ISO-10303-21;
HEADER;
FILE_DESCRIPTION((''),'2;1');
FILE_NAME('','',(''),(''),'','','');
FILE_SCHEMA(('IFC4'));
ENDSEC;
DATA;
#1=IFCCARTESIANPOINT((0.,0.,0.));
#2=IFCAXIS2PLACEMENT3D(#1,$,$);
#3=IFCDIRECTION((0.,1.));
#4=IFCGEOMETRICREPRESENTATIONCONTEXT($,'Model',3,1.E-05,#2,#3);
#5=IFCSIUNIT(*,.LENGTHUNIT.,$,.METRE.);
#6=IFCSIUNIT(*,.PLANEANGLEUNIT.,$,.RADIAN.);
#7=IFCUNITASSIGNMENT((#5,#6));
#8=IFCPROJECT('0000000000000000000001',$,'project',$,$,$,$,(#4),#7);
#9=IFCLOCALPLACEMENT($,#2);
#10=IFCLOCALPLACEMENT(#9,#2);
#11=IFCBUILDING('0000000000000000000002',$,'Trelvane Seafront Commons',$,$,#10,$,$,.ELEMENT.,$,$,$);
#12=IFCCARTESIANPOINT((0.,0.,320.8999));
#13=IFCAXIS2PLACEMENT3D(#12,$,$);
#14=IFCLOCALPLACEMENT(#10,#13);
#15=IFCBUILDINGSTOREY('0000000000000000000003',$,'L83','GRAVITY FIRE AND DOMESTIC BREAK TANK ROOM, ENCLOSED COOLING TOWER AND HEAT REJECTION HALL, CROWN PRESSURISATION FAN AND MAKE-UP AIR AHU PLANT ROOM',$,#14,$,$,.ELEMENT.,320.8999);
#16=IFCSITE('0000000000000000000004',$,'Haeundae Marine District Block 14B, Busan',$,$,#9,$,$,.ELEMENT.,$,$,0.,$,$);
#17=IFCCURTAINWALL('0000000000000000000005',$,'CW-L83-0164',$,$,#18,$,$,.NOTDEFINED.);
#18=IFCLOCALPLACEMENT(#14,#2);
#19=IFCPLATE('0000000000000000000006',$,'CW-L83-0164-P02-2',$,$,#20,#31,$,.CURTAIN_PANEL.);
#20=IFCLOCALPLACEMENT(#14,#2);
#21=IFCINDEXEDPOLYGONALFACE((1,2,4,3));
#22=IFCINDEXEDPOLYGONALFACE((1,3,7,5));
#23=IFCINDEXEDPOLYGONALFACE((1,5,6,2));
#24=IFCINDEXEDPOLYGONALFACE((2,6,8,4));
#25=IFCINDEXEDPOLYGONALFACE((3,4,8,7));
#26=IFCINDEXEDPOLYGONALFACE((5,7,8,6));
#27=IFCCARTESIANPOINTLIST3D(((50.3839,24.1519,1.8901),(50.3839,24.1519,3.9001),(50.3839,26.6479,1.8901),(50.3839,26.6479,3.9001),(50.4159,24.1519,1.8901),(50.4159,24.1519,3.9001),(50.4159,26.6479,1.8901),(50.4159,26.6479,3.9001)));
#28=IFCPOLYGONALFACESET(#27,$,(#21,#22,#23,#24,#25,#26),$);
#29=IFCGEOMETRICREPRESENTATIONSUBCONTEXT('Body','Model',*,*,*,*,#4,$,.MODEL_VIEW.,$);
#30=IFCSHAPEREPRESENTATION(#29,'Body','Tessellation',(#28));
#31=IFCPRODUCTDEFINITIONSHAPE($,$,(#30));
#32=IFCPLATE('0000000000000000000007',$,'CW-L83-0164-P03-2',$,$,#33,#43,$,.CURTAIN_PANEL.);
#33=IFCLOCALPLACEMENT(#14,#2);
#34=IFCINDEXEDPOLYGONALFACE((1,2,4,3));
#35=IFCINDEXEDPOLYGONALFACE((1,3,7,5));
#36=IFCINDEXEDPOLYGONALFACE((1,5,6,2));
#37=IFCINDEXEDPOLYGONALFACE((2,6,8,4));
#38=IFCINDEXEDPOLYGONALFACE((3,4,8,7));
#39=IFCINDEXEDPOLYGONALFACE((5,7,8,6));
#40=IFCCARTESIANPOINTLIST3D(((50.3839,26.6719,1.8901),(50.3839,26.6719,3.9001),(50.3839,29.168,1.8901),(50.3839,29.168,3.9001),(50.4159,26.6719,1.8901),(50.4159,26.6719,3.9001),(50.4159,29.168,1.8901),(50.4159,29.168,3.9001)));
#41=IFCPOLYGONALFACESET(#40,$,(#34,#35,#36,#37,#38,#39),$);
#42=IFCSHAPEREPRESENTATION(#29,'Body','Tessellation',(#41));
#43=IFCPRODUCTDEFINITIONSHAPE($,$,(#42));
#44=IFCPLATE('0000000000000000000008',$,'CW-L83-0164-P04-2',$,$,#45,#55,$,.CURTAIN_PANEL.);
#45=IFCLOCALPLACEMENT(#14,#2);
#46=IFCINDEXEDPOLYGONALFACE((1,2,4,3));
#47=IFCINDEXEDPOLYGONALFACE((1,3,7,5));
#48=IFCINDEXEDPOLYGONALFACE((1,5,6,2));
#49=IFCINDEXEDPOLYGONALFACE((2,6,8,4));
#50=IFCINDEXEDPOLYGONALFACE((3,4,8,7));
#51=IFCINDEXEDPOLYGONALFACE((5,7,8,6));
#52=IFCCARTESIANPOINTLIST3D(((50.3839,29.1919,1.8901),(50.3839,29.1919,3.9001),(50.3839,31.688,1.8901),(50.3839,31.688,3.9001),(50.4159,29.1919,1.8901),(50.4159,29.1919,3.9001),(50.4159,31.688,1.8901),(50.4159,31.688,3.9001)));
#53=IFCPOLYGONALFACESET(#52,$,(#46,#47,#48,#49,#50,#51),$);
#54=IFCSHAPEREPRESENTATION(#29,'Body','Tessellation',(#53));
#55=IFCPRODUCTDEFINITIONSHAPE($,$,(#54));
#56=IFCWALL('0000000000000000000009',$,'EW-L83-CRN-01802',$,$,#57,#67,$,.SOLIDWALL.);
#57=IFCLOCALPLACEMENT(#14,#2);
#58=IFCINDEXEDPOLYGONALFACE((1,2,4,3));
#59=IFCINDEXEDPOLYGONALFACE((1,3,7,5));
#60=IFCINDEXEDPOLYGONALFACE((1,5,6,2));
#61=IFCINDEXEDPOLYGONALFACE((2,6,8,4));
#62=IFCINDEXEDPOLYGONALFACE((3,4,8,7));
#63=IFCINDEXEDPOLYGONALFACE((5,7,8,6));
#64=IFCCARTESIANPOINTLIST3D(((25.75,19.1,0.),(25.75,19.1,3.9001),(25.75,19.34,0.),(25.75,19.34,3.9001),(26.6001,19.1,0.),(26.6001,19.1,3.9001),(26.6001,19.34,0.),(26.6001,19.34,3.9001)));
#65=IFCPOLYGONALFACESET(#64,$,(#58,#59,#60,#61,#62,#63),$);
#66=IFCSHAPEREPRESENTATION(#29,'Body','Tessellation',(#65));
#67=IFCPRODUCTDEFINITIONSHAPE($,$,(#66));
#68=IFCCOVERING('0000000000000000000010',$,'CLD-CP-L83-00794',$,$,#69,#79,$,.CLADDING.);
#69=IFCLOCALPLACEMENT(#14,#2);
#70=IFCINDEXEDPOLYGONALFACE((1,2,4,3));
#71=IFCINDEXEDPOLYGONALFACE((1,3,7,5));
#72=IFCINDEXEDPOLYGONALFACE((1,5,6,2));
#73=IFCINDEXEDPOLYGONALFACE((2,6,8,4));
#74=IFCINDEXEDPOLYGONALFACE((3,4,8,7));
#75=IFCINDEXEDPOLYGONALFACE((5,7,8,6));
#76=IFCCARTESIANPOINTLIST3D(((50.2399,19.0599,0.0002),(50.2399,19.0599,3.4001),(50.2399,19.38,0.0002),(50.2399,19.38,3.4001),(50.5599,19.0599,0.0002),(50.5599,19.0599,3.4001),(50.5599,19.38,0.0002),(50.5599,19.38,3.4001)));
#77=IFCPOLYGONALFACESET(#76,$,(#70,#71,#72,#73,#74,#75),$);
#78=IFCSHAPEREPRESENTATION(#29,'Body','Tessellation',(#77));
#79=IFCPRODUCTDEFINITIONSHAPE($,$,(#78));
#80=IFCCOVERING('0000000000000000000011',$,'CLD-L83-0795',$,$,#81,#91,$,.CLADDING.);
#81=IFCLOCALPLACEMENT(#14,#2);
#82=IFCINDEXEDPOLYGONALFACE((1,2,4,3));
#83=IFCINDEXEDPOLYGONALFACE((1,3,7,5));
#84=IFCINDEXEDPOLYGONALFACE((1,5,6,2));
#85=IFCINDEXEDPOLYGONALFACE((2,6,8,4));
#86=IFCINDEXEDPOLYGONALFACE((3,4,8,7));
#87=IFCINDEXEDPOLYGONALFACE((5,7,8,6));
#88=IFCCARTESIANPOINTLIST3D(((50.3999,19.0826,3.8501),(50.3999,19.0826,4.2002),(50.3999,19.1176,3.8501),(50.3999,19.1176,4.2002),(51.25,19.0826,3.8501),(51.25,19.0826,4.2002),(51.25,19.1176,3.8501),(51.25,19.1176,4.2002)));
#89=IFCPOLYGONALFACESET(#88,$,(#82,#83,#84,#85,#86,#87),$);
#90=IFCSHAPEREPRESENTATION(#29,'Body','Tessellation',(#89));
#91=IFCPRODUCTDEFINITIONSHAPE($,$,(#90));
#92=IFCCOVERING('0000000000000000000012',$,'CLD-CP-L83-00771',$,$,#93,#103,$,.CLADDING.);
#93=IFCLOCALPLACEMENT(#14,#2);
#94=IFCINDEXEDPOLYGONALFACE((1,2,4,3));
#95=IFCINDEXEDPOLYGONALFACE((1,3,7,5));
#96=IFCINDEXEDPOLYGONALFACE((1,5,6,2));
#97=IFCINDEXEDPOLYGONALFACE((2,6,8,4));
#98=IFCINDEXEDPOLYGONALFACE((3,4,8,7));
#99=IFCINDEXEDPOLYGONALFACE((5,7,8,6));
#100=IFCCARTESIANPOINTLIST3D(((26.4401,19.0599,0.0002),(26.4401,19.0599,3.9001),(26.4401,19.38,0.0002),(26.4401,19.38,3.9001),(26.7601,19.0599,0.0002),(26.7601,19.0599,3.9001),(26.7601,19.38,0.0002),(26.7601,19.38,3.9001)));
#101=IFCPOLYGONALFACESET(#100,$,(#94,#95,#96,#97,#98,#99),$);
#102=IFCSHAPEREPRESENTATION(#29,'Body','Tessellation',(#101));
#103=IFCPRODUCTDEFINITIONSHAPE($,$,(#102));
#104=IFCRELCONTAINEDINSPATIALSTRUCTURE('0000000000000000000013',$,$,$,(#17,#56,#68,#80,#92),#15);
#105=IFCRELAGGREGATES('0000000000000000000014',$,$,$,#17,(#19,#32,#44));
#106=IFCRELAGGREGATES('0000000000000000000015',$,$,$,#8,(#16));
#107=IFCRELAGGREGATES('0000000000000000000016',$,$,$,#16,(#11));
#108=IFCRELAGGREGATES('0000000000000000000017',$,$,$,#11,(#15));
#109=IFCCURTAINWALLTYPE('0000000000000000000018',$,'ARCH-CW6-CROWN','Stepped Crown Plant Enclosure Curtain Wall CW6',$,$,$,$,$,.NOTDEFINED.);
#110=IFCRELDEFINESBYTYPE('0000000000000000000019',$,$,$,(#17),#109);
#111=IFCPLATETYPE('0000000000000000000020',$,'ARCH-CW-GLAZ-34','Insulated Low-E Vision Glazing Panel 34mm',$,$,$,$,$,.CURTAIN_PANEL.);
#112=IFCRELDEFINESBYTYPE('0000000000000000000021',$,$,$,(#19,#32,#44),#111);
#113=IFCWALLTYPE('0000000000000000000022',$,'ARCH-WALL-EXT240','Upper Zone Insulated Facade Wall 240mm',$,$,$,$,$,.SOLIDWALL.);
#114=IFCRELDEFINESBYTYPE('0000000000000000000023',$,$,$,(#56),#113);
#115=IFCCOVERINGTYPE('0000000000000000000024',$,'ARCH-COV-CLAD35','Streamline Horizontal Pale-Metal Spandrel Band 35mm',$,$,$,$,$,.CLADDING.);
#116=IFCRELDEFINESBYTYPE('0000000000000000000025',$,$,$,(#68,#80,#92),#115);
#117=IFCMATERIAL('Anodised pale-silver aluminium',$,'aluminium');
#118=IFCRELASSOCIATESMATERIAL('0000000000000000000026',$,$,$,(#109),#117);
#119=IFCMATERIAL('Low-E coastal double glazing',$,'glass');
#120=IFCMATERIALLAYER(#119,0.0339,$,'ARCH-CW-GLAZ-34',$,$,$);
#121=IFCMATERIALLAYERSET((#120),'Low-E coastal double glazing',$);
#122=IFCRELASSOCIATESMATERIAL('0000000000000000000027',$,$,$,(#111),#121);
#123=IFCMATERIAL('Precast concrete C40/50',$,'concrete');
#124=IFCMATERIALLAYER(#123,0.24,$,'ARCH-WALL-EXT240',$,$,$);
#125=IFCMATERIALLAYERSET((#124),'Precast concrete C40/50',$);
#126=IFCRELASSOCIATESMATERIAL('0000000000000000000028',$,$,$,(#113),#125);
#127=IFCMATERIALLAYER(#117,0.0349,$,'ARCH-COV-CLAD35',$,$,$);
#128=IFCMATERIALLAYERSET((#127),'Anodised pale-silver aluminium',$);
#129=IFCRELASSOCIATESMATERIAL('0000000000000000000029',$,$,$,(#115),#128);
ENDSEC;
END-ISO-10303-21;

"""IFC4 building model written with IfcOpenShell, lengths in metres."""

from ifc_helpers import new_model, si_unit, direction, frame, frame_2d, origin, origin_2d, place, context, subcontext, project, spatial, rectangle, extrude, source, transform, mapped, material, layer, layer_set, type_object, element, aggregate, save


model = new_model("IFC4")

# Units and contexts
model_context = context("Model", 3, precision=1e-05, world=origin(), true_north=direction((0.0, 1.0)))
body_context = subcontext(model_context, "Body", "Model", "MODEL_VIEW")
ifc_project = project(units=[si_unit("LENGTHUNIT", "METRE"), si_unit("PLANEANGLEUNIT", "RADIAN")], contexts=[model_context])

# Site, building, storey
site_placement = place(None, origin())
site = spatial("IfcSite", under=ifc_project, at=site_placement, Name="Haeundae Marine District Block 14B, Busan", CompositionType="ELEMENT", RefElevation=0.0)
building_placement = place(site_placement, origin())
building = spatial("IfcBuilding", under=site, at=building_placement, Name="Trelvane Seafront Commons", CompositionType="ELEMENT")
storey_placement = place(building_placement, frame((0.0, 0.0, 320.8999)))
storey = spatial("IfcBuildingStorey", under=building, at=storey_placement, Name="L83", Description="GRAVITY FIRE AND DOMESTIC BREAK TANK ROOM, ENCLOSED COOLING TOWER AND HEAT REJECTION HALL, CROWN PRESSURISATION FAN AND MAKE-UP AIR AHU PLANT ROOM", CompositionType="ELEMENT", Elevation=320.8999)

# Curtain wall
ifc_material_1 = material(Name="Anodised pale-silver aluminium", Category="aluminium")
curtain_wall_type = type_object("IfcCurtainWallType", Name="ARCH-CW6-CROWN", Description="Stepped Crown Plant Enclosure Curtain Wall CW6", PredefinedType="NOTDEFINED", material=ifc_material_1)
curtain_wall_1_placement = place(storey_placement, origin())
curtain_wall_1 = element("IfcCurtainWall", 1, at=curtain_wall_1_placement, inside=storey, type_object=curtain_wall_type, Name="CW-L83-0164", PredefinedType="NOTDEFINED")

# Plates
ifc_material_2 = material(Name="Low-E coastal double glazing", Category="glass")
ifc_layer_1 = layer(ifc_material_2, 0.0339, Name="ARCH-CW-GLAZ-34")
ifc_layer_set_1 = layer_set([ifc_layer_1], Name="Low-E coastal double glazing")
plate_type = type_object("IfcPlateType", Name="ARCH-CW-GLAZ-34", Description="Insulated Low-E Vision Glazing Panel 34mm", PredefinedType="CURTAIN_PANEL", material=ifc_layer_set_1)
shared_shape_1 = source(origin(), body_context, "Body", "SweptSolid", [
    extrude(rectangle(XDim=2.4961, YDim=0.032, at=origin_2d()), origin(), (0.0, 0.0, 1.0), 2.01),
])
plate_1_placement = place(storey_placement, frame((50.3999, 25.3999, 1.8901), z_axis=(0.0, 0.0, 1.0), x_axis=(0.0, 1.0, 0.0)))
plate_1 = element("IfcPlate", 2, at=plate_1_placement, type_object=plate_type, Name="CW-L83-0164-P02-2", PredefinedType="CURTAIN_PANEL", context=body_context, shape_type="MappedRepresentation", body=[
    mapped(shared_shape_1, transform((0.0, 0.0, 0.0), x_axis=(1.0, 0.0, 0.0), y_axis=(0.0, 1.0, 0.0), z_axis=(0.0, 0.0, 1.0), scale=1.0)),
])
plate_2_placement = place(storey_placement, frame((50.3999, 27.9199, 1.8901), z_axis=(0.0, 0.0, 1.0), x_axis=(0.0, 1.0, 0.0)))
plate_2 = element("IfcPlate", 3, at=plate_2_placement, type_object=plate_type, Name="CW-L83-0164-P03-2", PredefinedType="CURTAIN_PANEL", context=body_context, shape_type="MappedRepresentation", body=[
    mapped(shared_shape_1, transform((0.0, 0.0, 0.0), x_axis=(1.0, 0.0, 0.0), y_axis=(0.0, 1.0, 0.0), z_axis=(0.0, 0.0, 1.0), scale=1.0)),
])
plate_3_placement = place(storey_placement, frame((50.3999, 30.4399, 1.8901), z_axis=(0.0, 0.0, 1.0), x_axis=(0.0, 1.0, 0.0)))
plate_3 = element("IfcPlate", 4, at=plate_3_placement, type_object=plate_type, Name="CW-L83-0164-P04-2", PredefinedType="CURTAIN_PANEL", context=body_context, shape_type="MappedRepresentation", body=[
    mapped(shared_shape_1, transform((0.0, 0.0, 0.0), x_axis=(1.0, 0.0, 0.0), y_axis=(0.0, 1.0, 0.0), z_axis=(0.0, 0.0, 1.0), scale=1.0)),
])
aggregate(curtain_wall_1, [plate_1, plate_2, plate_3])

# Wall
ifc_material_3 = material(Name="Precast concrete C40/50", Category="concrete")
ifc_layer_2 = layer(ifc_material_3, 0.24, Name="ARCH-WALL-EXT240")
ifc_layer_set_2 = layer_set([ifc_layer_2], Name="Precast concrete C40/50")
wall_type = type_object("IfcWallType", Name="ARCH-WALL-EXT240", Description="Upper Zone Insulated Facade Wall 240mm", PredefinedType="SOLIDWALL", material=ifc_layer_set_2)
wall_placement = place(storey_placement, frame((26.6001, 19.22, 0.0), z_axis=(0.0, 0.0, 1.0), x_axis=(-1.0, 0.0, 0.0)))
element("IfcWall", 5, at=wall_placement, inside=storey, type_object=wall_type, Name="EW-L83-CRN-01802", PredefinedType="SOLIDWALL", context=body_context, shape_type="SweptSolid", body=[
    extrude(rectangle(XDim=0.8501, YDim=0.24, at=frame_2d((0.425, 0.0))), origin(), (0.0, 0.0, 1.0), 3.9001),
])

# Coverings
ifc_layer_3 = layer(ifc_material_1, 0.0349, Name="ARCH-COV-CLAD35")
ifc_layer_set_3 = layer_set([ifc_layer_3], Name="Anodised pale-silver aluminium")
covering_type = type_object("IfcCoveringType", Name="ARCH-COV-CLAD35", Description="Streamline Horizontal Pale-Metal Spandrel Band 35mm", PredefinedType="CLADDING", material=ifc_layer_set_3)
shared_shape_2 = source(origin(), body_context, "Body", "SweptSolid", [
    extrude(rectangle(XDim=0.3201, YDim=0.3201, at=origin_2d()), origin(), (0.0, 0.0, 1.0), 3.3999),
])
covering_1_placement = place(storey_placement, frame((50.3999, 19.22, 0.0002), z_axis=(0.0, 0.0, 1.0), x_axis=(1.0, 0.0, 0.0)))
element("IfcCovering", 6, at=covering_1_placement, inside=storey, type_object=covering_type, Name="CLD-CP-L83-00794", PredefinedType="CLADDING", context=body_context, shape_type="MappedRepresentation", body=[
    mapped(shared_shape_2, transform((0.0, 0.0, 0.0), x_axis=(1.0, 0.0, 0.0), y_axis=(0.0, 1.0, 0.0), z_axis=(0.0, 0.0, 1.0), scale=1.0)),
])
shared_shape_3 = source(origin(), body_context, "Body", "SweptSolid", [
    extrude(rectangle(XDim=0.8501, YDim=0.0349, at=origin_2d()), origin(), (0.0, 0.0, 1.0), 0.3501),
])
covering_2_placement = place(storey_placement, frame((50.825, 19.1001, 3.8501), z_axis=(0.0, 0.0, 1.0), x_axis=(-1.0, 0.0, 0.0)))
element("IfcCovering", 7, at=covering_2_placement, inside=storey, type_object=covering_type, Name="CLD-L83-0795", PredefinedType="CLADDING", context=body_context, shape_type="MappedRepresentation", body=[
    mapped(shared_shape_3, transform((0.0, 0.0, 0.0), x_axis=(1.0, 0.0, 0.0), y_axis=(0.0, 1.0, 0.0), z_axis=(0.0, 0.0, 1.0), scale=1.0)),
])
shared_shape_4 = source(origin(), body_context, "Body", "SweptSolid", [
    extrude(rectangle(XDim=0.3201, YDim=0.3201, at=origin_2d()), origin(), (0.0, 0.0, 1.0), 3.8999),
])
covering_3_placement = place(storey_placement, frame((26.6001, 19.22, 0.0002), z_axis=(0.0, 0.0, 1.0), x_axis=(1.0, 0.0, 0.0)))
element("IfcCovering", 8, at=covering_3_placement, inside=storey, type_object=covering_type, Name="CLD-CP-L83-00771", PredefinedType="CLADDING", context=body_context, shape_type="MappedRepresentation", body=[
    mapped(shared_shape_4, transform((0.0, 0.0, 0.0), x_axis=(1.0, 0.0, 0.0), y_axis=(0.0, 1.0, 0.0), z_axis=(0.0, 0.0, 1.0), scale=1.0)),
])

save(model, "model.ifc")
